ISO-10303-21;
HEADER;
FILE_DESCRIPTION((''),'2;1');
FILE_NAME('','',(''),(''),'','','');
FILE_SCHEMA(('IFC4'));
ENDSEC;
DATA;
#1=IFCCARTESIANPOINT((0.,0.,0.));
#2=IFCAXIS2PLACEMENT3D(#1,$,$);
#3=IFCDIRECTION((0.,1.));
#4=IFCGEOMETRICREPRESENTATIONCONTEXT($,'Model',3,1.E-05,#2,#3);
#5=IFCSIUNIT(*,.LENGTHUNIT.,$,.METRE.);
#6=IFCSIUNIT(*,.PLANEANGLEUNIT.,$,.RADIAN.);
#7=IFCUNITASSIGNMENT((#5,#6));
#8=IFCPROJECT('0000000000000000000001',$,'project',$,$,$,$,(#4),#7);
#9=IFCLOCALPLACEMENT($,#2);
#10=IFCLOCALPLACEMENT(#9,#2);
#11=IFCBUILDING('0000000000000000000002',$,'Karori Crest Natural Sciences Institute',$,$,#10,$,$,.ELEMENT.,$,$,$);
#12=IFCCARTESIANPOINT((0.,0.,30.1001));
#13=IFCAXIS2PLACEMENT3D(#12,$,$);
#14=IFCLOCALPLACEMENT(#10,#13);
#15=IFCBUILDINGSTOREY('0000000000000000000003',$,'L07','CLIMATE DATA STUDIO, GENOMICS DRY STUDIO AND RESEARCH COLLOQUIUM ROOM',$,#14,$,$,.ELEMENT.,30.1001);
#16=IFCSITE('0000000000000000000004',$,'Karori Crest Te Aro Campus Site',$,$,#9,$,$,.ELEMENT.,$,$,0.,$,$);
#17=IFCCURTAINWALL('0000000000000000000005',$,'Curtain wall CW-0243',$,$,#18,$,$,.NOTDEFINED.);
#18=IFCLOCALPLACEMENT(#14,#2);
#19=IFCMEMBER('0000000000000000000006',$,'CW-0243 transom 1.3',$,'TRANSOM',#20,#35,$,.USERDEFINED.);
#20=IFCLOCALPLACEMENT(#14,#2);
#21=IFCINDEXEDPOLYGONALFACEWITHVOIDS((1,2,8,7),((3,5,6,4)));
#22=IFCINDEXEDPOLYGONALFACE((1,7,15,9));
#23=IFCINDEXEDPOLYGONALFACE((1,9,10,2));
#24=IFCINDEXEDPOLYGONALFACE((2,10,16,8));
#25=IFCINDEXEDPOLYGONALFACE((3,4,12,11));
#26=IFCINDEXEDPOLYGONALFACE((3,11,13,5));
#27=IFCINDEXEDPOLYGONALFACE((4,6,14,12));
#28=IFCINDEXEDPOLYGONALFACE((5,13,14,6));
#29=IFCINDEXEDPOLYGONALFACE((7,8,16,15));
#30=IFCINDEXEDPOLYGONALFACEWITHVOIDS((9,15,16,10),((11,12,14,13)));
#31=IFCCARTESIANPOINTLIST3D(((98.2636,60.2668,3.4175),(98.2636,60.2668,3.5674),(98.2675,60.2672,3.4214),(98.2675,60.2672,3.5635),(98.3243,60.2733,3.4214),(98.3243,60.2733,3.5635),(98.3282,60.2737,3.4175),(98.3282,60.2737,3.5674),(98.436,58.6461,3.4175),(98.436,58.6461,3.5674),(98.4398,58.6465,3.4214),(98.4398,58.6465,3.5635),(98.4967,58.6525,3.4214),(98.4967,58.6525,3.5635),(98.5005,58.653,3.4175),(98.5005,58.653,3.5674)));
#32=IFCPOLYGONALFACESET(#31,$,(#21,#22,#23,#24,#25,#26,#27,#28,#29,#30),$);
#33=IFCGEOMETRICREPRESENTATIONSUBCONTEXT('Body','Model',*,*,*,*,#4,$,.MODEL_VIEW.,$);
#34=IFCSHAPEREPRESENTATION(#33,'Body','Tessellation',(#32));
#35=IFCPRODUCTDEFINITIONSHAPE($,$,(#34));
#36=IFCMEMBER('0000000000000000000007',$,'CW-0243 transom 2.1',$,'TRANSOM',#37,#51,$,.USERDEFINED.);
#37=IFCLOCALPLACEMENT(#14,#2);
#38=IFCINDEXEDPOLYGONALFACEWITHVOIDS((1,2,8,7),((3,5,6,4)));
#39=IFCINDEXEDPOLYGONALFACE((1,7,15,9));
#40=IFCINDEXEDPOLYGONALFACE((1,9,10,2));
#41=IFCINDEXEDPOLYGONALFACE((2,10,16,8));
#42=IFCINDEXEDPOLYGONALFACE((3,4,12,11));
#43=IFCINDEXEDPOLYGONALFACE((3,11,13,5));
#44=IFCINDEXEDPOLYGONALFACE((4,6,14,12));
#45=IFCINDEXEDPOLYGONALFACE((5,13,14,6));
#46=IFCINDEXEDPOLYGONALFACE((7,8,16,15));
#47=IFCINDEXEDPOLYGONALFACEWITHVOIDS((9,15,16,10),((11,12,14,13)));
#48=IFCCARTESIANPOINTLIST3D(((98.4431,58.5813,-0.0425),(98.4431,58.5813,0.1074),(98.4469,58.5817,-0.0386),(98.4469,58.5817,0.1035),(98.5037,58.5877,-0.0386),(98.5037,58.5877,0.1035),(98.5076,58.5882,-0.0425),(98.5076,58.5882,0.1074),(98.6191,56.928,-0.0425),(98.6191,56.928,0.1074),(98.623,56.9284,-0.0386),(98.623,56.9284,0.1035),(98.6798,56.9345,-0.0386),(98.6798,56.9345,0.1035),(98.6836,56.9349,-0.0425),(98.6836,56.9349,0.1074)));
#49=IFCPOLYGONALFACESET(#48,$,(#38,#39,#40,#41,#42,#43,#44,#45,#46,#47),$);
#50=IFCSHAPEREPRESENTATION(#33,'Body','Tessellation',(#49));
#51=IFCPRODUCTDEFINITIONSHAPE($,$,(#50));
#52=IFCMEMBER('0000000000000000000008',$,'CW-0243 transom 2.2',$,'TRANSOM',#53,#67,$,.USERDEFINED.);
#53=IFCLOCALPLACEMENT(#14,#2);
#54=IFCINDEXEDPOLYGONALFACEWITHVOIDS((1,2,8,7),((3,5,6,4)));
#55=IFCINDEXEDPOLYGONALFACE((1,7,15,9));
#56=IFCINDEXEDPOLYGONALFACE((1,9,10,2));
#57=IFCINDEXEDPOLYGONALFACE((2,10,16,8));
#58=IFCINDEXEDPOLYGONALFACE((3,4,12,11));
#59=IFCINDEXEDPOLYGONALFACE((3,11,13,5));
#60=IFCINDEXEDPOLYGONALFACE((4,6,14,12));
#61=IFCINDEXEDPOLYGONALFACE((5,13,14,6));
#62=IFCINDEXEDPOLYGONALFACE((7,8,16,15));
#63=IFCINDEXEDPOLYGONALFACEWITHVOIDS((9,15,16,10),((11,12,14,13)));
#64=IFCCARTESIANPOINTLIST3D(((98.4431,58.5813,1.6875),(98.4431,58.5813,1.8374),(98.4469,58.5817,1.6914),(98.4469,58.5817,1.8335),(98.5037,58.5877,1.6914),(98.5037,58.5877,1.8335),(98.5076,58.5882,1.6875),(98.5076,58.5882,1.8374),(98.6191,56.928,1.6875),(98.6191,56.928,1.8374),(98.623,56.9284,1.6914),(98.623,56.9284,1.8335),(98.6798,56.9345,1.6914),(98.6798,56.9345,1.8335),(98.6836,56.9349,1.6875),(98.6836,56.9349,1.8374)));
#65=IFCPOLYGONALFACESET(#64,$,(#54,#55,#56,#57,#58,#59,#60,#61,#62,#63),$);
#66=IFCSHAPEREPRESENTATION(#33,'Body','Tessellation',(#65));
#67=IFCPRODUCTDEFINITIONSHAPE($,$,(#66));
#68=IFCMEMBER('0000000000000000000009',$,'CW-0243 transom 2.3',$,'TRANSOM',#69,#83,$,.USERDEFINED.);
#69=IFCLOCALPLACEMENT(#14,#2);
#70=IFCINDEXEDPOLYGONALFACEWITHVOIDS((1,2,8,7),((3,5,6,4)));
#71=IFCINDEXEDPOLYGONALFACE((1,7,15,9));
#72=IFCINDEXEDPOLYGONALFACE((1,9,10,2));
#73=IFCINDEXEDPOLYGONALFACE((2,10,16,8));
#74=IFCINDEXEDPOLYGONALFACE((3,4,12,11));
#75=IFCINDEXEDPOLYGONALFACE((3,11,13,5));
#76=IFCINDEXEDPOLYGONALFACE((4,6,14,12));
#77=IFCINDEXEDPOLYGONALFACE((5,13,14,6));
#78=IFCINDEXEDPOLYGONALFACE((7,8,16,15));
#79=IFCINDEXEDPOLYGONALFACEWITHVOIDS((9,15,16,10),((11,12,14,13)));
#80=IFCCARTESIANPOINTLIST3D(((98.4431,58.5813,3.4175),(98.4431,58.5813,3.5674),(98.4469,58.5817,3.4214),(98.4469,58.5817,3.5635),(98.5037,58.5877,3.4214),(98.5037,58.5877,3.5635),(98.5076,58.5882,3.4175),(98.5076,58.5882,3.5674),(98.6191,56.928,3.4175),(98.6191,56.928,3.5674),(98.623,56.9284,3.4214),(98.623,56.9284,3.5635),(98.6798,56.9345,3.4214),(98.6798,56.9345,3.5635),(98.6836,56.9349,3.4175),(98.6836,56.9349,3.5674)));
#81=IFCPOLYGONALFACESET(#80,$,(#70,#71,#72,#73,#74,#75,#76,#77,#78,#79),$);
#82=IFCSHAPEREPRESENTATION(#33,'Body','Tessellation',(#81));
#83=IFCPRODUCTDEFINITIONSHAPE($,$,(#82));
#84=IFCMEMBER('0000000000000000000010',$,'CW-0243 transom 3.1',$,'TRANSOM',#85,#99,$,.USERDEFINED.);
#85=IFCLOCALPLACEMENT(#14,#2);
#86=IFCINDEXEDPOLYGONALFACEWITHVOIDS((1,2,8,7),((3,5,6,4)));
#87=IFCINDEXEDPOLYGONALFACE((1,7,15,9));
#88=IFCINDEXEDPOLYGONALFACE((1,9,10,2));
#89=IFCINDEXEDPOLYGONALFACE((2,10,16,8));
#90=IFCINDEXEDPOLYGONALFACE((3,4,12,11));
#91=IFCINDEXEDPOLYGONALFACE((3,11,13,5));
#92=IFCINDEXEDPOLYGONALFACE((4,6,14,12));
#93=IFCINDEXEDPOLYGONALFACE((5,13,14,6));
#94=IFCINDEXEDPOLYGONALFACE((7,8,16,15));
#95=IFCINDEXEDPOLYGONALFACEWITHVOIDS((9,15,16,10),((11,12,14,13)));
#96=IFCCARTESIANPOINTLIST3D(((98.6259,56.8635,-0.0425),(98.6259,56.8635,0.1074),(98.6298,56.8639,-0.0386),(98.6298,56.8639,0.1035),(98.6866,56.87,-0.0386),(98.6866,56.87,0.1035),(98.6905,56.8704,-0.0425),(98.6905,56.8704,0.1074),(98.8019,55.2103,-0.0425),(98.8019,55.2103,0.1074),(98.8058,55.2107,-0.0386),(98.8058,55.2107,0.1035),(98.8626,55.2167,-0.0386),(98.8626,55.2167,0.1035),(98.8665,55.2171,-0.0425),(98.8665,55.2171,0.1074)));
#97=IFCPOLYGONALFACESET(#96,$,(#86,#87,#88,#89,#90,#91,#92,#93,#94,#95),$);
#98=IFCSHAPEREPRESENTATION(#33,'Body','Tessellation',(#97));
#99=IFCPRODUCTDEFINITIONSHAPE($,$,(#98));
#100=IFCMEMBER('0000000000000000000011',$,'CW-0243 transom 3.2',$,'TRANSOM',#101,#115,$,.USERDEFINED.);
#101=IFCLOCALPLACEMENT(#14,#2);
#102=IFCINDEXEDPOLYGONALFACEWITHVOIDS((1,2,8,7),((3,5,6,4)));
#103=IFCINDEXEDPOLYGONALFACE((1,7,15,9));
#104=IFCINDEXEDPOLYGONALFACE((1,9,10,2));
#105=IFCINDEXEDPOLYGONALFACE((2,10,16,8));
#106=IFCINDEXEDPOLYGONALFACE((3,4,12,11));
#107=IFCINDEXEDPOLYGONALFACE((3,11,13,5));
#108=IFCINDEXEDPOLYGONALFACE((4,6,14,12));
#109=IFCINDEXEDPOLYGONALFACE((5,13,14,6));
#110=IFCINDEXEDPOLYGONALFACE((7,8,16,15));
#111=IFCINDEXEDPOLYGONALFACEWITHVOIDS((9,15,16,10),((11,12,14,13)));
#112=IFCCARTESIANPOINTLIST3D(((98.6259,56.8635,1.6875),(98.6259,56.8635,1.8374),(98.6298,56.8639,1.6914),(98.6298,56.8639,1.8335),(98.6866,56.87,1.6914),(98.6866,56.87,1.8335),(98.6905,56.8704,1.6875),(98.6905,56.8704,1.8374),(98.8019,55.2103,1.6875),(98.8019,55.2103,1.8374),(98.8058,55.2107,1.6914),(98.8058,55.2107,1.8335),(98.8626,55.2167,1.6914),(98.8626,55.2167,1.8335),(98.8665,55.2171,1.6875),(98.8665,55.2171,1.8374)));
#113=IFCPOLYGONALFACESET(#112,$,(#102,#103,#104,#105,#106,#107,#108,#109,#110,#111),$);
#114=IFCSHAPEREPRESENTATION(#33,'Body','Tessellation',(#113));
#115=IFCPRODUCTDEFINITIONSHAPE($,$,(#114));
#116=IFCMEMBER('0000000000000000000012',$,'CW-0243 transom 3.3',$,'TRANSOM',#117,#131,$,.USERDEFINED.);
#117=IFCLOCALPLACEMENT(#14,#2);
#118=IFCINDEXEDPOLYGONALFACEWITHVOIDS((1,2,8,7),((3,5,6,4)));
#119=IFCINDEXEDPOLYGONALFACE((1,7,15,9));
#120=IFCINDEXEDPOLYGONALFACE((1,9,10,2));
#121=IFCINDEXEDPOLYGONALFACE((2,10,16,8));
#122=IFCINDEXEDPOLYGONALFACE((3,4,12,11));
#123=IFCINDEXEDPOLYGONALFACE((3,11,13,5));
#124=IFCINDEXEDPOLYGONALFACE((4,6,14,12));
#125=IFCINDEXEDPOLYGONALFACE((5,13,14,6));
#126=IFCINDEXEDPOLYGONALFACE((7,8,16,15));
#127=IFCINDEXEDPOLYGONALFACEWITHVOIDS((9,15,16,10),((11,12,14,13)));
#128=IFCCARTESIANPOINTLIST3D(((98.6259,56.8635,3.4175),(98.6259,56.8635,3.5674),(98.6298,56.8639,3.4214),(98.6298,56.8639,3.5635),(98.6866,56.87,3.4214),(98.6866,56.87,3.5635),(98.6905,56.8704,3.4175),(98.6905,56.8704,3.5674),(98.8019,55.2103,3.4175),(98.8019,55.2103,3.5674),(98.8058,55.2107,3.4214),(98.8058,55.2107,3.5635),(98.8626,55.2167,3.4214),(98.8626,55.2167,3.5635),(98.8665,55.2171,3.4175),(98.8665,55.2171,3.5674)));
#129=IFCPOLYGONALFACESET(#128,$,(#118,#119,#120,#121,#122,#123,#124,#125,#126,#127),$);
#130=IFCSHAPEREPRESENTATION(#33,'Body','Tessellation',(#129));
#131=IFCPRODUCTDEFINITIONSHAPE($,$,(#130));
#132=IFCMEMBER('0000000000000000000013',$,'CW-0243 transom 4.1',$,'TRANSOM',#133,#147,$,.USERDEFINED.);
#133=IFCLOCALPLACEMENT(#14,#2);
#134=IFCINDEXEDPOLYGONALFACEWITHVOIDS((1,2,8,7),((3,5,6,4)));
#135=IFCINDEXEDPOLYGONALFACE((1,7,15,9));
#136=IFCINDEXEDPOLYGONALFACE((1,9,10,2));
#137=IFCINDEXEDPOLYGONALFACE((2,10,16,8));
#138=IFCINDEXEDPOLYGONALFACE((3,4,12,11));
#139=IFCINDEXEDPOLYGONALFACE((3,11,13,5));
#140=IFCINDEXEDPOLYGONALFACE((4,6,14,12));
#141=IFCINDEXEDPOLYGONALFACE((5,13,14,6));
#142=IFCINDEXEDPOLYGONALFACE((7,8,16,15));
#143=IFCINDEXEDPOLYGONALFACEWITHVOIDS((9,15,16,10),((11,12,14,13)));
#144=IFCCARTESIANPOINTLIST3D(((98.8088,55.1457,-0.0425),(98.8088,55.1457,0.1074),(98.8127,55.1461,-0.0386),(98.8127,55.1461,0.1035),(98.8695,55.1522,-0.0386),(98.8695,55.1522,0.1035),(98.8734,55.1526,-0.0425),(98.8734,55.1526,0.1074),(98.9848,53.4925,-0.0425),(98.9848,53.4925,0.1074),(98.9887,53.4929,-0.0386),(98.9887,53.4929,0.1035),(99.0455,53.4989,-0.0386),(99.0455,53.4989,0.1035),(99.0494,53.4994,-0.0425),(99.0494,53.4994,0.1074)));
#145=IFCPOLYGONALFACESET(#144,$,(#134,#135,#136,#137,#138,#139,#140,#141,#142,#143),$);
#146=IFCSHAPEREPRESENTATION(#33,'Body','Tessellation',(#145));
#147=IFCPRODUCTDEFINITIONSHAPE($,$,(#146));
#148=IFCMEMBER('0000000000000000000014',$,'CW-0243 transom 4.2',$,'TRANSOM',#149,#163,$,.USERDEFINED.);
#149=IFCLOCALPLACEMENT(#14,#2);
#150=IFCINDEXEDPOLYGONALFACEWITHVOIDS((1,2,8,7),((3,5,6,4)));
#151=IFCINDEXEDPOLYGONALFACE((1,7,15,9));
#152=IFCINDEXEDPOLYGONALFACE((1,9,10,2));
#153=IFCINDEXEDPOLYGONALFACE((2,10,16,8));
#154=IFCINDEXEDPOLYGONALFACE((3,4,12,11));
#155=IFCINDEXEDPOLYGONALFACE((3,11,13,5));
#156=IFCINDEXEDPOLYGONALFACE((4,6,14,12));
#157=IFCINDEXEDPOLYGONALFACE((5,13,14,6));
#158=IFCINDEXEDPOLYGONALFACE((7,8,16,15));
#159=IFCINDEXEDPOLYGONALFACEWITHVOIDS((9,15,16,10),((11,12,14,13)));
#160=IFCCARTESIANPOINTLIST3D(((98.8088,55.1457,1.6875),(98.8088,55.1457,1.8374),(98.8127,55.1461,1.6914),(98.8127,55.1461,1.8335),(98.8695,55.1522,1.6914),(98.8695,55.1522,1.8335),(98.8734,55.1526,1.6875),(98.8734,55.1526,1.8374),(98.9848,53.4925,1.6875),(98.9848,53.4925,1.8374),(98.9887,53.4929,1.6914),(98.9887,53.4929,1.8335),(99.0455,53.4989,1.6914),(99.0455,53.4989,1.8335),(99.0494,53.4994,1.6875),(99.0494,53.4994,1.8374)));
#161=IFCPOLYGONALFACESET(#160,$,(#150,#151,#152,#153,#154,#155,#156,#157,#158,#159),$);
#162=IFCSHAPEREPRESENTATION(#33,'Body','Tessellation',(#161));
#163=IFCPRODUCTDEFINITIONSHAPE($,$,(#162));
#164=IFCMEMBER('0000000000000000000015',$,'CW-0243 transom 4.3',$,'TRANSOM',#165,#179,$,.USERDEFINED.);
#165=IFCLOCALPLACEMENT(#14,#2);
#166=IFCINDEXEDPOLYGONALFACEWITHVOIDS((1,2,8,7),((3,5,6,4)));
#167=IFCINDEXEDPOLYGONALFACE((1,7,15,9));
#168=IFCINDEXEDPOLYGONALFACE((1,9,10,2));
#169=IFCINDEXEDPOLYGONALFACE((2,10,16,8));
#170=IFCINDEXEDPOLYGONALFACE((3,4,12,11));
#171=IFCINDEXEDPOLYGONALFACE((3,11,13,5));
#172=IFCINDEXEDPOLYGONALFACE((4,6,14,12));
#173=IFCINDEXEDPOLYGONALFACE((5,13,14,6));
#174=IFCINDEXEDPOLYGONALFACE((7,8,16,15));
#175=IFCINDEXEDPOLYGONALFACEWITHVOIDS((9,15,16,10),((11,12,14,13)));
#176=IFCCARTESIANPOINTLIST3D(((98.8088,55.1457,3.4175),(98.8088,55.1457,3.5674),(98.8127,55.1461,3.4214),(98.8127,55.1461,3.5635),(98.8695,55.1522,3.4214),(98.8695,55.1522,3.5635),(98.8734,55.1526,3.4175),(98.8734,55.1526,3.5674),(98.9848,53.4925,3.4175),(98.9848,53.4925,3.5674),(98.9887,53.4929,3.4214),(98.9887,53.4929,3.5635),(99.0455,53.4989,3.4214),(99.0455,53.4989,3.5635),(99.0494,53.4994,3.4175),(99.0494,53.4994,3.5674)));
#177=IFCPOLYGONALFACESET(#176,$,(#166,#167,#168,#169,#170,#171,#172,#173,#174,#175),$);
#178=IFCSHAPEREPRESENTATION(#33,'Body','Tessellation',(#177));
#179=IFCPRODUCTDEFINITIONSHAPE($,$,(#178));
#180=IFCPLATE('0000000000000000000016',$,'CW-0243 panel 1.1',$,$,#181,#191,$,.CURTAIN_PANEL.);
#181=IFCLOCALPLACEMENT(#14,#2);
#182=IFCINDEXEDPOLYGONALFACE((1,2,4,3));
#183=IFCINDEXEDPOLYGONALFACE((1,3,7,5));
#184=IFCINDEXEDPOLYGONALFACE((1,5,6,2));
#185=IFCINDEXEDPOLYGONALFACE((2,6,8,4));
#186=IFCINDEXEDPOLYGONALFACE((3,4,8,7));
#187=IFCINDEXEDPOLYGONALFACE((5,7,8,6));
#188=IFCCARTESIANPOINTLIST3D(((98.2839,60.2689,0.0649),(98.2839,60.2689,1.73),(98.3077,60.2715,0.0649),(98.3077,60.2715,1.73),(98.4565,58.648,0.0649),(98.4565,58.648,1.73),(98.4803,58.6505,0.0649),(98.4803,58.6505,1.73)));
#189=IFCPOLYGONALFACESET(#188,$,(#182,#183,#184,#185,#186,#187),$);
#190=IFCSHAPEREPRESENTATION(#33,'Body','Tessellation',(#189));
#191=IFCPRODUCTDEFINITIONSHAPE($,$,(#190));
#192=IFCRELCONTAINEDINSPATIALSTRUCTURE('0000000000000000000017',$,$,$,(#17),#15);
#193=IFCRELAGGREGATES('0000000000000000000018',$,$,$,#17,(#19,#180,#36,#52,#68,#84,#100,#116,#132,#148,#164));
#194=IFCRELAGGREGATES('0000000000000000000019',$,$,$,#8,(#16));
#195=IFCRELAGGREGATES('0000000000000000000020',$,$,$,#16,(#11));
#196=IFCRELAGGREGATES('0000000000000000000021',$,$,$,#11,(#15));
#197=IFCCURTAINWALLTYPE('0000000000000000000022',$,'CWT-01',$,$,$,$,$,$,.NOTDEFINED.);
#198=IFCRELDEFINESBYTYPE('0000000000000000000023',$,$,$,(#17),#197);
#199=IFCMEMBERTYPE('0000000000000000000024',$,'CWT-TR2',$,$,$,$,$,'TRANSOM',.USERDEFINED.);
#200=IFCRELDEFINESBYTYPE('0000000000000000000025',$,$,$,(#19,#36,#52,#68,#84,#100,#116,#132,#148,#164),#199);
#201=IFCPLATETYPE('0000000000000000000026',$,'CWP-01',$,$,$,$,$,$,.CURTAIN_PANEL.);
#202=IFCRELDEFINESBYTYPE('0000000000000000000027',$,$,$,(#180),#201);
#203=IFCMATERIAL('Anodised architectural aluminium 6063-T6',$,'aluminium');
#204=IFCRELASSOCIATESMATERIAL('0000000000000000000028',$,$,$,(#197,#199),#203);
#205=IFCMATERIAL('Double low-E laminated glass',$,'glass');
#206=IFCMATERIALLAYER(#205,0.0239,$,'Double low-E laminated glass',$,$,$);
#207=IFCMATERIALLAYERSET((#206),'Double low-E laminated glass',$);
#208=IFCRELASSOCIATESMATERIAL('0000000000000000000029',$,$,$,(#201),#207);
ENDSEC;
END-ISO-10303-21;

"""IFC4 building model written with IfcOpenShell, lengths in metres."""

from ifc_helpers import new_model, si_unit, direction, frame, origin, origin_2d, place, context, subcontext, project, spatial, rectangle, hollow_rectangle, extrude, material, layer, layer_set, material_profile, profile_set, type_object, element, aggregate, save


model = new_model("IFC4")

# Units and contexts
model_context = context("Model", 3, precision=1e-05, world=origin(), true_north=direction((0.0, 1.0)))
body_context = subcontext(model_context, "Body", "Model", "MODEL_VIEW")
ifc_project = project(units=[si_unit("LENGTHUNIT", "METRE"), si_unit("PLANEANGLEUNIT", "RADIAN")], contexts=[model_context])

# Site, building, storey
site_placement = place(None, origin())
site = spatial("IfcSite", under=ifc_project, at=site_placement, Name="Karori Crest Te Aro Campus Site", CompositionType="ELEMENT", RefElevation=0.0)
building_placement = place(site_placement, origin())
building = spatial("IfcBuilding", under=site, at=building_placement, Name="Karori Crest Natural Sciences Institute", CompositionType="ELEMENT")
storey_placement = place(building_placement, frame((0.0, 0.0, 30.1001)))
storey = spatial("IfcBuildingStorey", under=building, at=storey_placement, Name="L07", Description="CLIMATE DATA STUDIO, GENOMICS DRY STUDIO AND RESEARCH COLLOQUIUM ROOM", CompositionType="ELEMENT", Elevation=30.1001)

# Curtain wall
ifc_material_1 = material(Name="Anodised architectural aluminium 6063-T6", Category="aluminium")
curtain_wall_type_1 = type_object("IfcCurtainWallType", Name="CWT-01", PredefinedType="NOTDEFINED", material=ifc_material_1)
curtain_wall_1_placement = place(storey_placement, origin())
curtain_wall_1 = element("IfcCurtainWall", 1, at=curtain_wall_1_placement, inside=storey, type_object=curtain_wall_type_1, Name="Curtain wall CW-0243", PredefinedType="NOTDEFINED")

# Members
ifc_material_profile_1 = material_profile(ifc_material_1, hollow_rectangle(XDim=0.0649, YDim=0.1499, WallThickness=0.0039, at=origin_2d()), Name="CWT150x65x4")
ifc_profile_set_1 = profile_set([ifc_material_profile_1], Name="Anodised architectural aluminium 6063-T6")
member_type_1 = type_object("IfcMemberType", Name="CWT-TR2", ElementType="TRANSOM", PredefinedType="USERDEFINED", material=ifc_profile_set_1)
member_1_placement = place(storey_placement, frame((98.2959, 60.2703, 3.4924), z_axis=(0.105745, -0.994393, 0.0), x_axis=(0.994393, 0.105745, 0.0)))
member_1 = element("IfcMember", 2, at=member_1_placement, type_object=member_type_1, Name="CW-0243 transom 1.3", ObjectType="TRANSOM", PredefinedType="USERDEFINED", context=body_context, shape_type="SweptSolid", body=[
    extrude(hollow_rectangle(XDim=0.0649, YDim=0.1499, WallThickness=0.0039, at=origin_2d()), origin(), (0.0, 0.0, 1.0), 1.6299),
])
member_2_placement = place(storey_placement, frame((98.4753, 58.5847, 0.0325), z_axis=(0.105869, -0.99438, 0.0), x_axis=(0.99438, 0.105869, 0.0)))
member_2 = element("IfcMember", 3, at=member_2_placement, type_object=member_type_1, Name="CW-0243 transom 2.1", ObjectType="TRANSOM", PredefinedType="USERDEFINED", context=body_context, shape_type="SweptSolid", body=[
    extrude(hollow_rectangle(XDim=0.0649, YDim=0.1499, WallThickness=0.0039, at=origin_2d()), origin(), (0.0, 0.0, 1.0), 1.6626),
])
member_3_placement = place(storey_placement, frame((98.4753, 58.5847, 1.7625), z_axis=(0.105869, -0.99438, 0.0), x_axis=(0.99438, 0.105869, 0.0)))
member_3 = element("IfcMember", 4, at=member_3_placement, type_object=member_type_1, Name="CW-0243 transom 2.2", ObjectType="TRANSOM", PredefinedType="USERDEFINED", context=body_context, shape_type="SweptSolid", body=[
    extrude(hollow_rectangle(XDim=0.0649, YDim=0.1499, WallThickness=0.0039, at=origin_2d()), origin(), (0.0, 0.0, 1.0), 1.6626),
])
member_4_placement = place(storey_placement, frame((98.4753, 58.5847, 3.4924), z_axis=(0.105869, -0.99438, 0.0), x_axis=(0.99438, 0.105869, 0.0)))
member_4 = element("IfcMember", 5, at=member_4_placement, type_object=member_type_1, Name="CW-0243 transom 2.3", ObjectType="TRANSOM", PredefinedType="USERDEFINED", context=body_context, shape_type="SweptSolid", body=[
    extrude(hollow_rectangle(XDim=0.0649, YDim=0.1499, WallThickness=0.0039, at=origin_2d()), origin(), (0.0, 0.0, 1.0), 1.6626),
])
member_5_placement = place(storey_placement, frame((98.6582, 56.8669, 0.0325), z_axis=(0.105869, -0.99438, 0.0), x_axis=(0.99438, 0.105869, 0.0)))
member_5 = element("IfcMember", 6, at=member_5_placement, type_object=member_type_1, Name="CW-0243 transom 3.1", ObjectType="TRANSOM", PredefinedType="USERDEFINED", context=body_context, shape_type="SweptSolid", body=[
    extrude(hollow_rectangle(XDim=0.0649, YDim=0.1499, WallThickness=0.0039, at=origin_2d()), origin(), (0.0, 0.0, 1.0), 1.6626),
])
member_6_placement = place(storey_placement, frame((98.6582, 56.8669, 1.7625), z_axis=(0.105869, -0.99438, 0.0), x_axis=(0.99438, 0.105869, 0.0)))
member_6 = element("IfcMember", 7, at=member_6_placement, type_object=member_type_1, Name="CW-0243 transom 3.2", ObjectType="TRANSOM", PredefinedType="USERDEFINED", context=body_context, shape_type="SweptSolid", body=[
    extrude(hollow_rectangle(XDim=0.0649, YDim=0.1499, WallThickness=0.0039, at=origin_2d()), origin(), (0.0, 0.0, 1.0), 1.6626),
])
member_7_placement = place(storey_placement, frame((98.6582, 56.8669, 3.4924), z_axis=(0.105869, -0.99438, 0.0), x_axis=(0.99438, 0.105869, 0.0)))
member_7 = element("IfcMember", 8, at=member_7_placement, type_object=member_type_1, Name="CW-0243 transom 3.3", ObjectType="TRANSOM", PredefinedType="USERDEFINED", context=body_context, shape_type="SweptSolid", body=[
    extrude(hollow_rectangle(XDim=0.0649, YDim=0.1499, WallThickness=0.0039, at=origin_2d()), origin(), (0.0, 0.0, 1.0), 1.6626),
])
member_8_placement = place(storey_placement, frame((98.8411, 55.1492, 0.0325), z_axis=(0.105869, -0.99438, 0.0), x_axis=(0.99438, 0.105869, 0.0)))
member_8 = element("IfcMember", 9, at=member_8_placement, type_object=member_type_1, Name="CW-0243 transom 4.1", ObjectType="TRANSOM", PredefinedType="USERDEFINED", context=body_context, shape_type="SweptSolid", body=[
    extrude(hollow_rectangle(XDim=0.0649, YDim=0.1499, WallThickness=0.0039, at=origin_2d()), origin(), (0.0, 0.0, 1.0), 1.6626),
])
member_9_placement = place(storey_placement, frame((98.8411, 55.1492, 1.7625), z_axis=(0.105869, -0.99438, 0.0), x_axis=(0.99438, 0.105869, 0.0)))
member_9 = element("IfcMember", 10, at=member_9_placement, type_object=member_type_1, Name="CW-0243 transom 4.2", ObjectType="TRANSOM", PredefinedType="USERDEFINED", context=body_context, shape_type="SweptSolid", body=[
    extrude(hollow_rectangle(XDim=0.0649, YDim=0.1499, WallThickness=0.0039, at=origin_2d()), origin(), (0.0, 0.0, 1.0), 1.6626),
])
member_10_placement = place(storey_placement, frame((98.8411, 55.1492, 3.4924), z_axis=(0.105869, -0.99438, 0.0), x_axis=(0.99438, 0.105869, 0.0)))
member_10 = element("IfcMember", 11, at=member_10_placement, type_object=member_type_1, Name="CW-0243 transom 4.3", ObjectType="TRANSOM", PredefinedType="USERDEFINED", context=body_context, shape_type="SweptSolid", body=[
    extrude(hollow_rectangle(XDim=0.0649, YDim=0.1499, WallThickness=0.0039, at=origin_2d()), origin(), (0.0, 0.0, 1.0), 1.6626),
])

# Plate
ifc_material_2 = material(Name="Double low-E laminated glass", Category="glass")
ifc_layer_1 = layer(ifc_material_2, 0.0239, Name="Double low-E laminated glass")
ifc_layer_set_1 = layer_set([ifc_layer_1], Name="Double low-E laminated glass")
plate_type_1 = type_object("IfcPlateType", Name="CWP-01", PredefinedType="CURTAIN_PANEL", material=ifc_layer_set_1)
plate_1_placement = place(storey_placement, frame((98.3821, 59.4597, 0.0649), z_axis=(0.0, 0.0, 1.0), x_axis=(0.105884, -0.994378, 0.0)))
plate_1 = element("IfcPlate", 12, at=plate_1_placement, type_object=plate_type_1, Name="CW-0243 panel 1.1", PredefinedType="CURTAIN_PANEL", context=body_context, shape_type="SweptSolid", body=[
    extrude(rectangle(XDim=1.6301, YDim=0.0239, at=origin_2d()), origin(), (0.0, 0.0, 1.0), 1.665),
])
aggregate(curtain_wall_1, [member_1, plate_1, member_2, member_3, member_4, member_5, member_6, member_7, member_8, member_9, member_10])

save(model, "model.ifc")
